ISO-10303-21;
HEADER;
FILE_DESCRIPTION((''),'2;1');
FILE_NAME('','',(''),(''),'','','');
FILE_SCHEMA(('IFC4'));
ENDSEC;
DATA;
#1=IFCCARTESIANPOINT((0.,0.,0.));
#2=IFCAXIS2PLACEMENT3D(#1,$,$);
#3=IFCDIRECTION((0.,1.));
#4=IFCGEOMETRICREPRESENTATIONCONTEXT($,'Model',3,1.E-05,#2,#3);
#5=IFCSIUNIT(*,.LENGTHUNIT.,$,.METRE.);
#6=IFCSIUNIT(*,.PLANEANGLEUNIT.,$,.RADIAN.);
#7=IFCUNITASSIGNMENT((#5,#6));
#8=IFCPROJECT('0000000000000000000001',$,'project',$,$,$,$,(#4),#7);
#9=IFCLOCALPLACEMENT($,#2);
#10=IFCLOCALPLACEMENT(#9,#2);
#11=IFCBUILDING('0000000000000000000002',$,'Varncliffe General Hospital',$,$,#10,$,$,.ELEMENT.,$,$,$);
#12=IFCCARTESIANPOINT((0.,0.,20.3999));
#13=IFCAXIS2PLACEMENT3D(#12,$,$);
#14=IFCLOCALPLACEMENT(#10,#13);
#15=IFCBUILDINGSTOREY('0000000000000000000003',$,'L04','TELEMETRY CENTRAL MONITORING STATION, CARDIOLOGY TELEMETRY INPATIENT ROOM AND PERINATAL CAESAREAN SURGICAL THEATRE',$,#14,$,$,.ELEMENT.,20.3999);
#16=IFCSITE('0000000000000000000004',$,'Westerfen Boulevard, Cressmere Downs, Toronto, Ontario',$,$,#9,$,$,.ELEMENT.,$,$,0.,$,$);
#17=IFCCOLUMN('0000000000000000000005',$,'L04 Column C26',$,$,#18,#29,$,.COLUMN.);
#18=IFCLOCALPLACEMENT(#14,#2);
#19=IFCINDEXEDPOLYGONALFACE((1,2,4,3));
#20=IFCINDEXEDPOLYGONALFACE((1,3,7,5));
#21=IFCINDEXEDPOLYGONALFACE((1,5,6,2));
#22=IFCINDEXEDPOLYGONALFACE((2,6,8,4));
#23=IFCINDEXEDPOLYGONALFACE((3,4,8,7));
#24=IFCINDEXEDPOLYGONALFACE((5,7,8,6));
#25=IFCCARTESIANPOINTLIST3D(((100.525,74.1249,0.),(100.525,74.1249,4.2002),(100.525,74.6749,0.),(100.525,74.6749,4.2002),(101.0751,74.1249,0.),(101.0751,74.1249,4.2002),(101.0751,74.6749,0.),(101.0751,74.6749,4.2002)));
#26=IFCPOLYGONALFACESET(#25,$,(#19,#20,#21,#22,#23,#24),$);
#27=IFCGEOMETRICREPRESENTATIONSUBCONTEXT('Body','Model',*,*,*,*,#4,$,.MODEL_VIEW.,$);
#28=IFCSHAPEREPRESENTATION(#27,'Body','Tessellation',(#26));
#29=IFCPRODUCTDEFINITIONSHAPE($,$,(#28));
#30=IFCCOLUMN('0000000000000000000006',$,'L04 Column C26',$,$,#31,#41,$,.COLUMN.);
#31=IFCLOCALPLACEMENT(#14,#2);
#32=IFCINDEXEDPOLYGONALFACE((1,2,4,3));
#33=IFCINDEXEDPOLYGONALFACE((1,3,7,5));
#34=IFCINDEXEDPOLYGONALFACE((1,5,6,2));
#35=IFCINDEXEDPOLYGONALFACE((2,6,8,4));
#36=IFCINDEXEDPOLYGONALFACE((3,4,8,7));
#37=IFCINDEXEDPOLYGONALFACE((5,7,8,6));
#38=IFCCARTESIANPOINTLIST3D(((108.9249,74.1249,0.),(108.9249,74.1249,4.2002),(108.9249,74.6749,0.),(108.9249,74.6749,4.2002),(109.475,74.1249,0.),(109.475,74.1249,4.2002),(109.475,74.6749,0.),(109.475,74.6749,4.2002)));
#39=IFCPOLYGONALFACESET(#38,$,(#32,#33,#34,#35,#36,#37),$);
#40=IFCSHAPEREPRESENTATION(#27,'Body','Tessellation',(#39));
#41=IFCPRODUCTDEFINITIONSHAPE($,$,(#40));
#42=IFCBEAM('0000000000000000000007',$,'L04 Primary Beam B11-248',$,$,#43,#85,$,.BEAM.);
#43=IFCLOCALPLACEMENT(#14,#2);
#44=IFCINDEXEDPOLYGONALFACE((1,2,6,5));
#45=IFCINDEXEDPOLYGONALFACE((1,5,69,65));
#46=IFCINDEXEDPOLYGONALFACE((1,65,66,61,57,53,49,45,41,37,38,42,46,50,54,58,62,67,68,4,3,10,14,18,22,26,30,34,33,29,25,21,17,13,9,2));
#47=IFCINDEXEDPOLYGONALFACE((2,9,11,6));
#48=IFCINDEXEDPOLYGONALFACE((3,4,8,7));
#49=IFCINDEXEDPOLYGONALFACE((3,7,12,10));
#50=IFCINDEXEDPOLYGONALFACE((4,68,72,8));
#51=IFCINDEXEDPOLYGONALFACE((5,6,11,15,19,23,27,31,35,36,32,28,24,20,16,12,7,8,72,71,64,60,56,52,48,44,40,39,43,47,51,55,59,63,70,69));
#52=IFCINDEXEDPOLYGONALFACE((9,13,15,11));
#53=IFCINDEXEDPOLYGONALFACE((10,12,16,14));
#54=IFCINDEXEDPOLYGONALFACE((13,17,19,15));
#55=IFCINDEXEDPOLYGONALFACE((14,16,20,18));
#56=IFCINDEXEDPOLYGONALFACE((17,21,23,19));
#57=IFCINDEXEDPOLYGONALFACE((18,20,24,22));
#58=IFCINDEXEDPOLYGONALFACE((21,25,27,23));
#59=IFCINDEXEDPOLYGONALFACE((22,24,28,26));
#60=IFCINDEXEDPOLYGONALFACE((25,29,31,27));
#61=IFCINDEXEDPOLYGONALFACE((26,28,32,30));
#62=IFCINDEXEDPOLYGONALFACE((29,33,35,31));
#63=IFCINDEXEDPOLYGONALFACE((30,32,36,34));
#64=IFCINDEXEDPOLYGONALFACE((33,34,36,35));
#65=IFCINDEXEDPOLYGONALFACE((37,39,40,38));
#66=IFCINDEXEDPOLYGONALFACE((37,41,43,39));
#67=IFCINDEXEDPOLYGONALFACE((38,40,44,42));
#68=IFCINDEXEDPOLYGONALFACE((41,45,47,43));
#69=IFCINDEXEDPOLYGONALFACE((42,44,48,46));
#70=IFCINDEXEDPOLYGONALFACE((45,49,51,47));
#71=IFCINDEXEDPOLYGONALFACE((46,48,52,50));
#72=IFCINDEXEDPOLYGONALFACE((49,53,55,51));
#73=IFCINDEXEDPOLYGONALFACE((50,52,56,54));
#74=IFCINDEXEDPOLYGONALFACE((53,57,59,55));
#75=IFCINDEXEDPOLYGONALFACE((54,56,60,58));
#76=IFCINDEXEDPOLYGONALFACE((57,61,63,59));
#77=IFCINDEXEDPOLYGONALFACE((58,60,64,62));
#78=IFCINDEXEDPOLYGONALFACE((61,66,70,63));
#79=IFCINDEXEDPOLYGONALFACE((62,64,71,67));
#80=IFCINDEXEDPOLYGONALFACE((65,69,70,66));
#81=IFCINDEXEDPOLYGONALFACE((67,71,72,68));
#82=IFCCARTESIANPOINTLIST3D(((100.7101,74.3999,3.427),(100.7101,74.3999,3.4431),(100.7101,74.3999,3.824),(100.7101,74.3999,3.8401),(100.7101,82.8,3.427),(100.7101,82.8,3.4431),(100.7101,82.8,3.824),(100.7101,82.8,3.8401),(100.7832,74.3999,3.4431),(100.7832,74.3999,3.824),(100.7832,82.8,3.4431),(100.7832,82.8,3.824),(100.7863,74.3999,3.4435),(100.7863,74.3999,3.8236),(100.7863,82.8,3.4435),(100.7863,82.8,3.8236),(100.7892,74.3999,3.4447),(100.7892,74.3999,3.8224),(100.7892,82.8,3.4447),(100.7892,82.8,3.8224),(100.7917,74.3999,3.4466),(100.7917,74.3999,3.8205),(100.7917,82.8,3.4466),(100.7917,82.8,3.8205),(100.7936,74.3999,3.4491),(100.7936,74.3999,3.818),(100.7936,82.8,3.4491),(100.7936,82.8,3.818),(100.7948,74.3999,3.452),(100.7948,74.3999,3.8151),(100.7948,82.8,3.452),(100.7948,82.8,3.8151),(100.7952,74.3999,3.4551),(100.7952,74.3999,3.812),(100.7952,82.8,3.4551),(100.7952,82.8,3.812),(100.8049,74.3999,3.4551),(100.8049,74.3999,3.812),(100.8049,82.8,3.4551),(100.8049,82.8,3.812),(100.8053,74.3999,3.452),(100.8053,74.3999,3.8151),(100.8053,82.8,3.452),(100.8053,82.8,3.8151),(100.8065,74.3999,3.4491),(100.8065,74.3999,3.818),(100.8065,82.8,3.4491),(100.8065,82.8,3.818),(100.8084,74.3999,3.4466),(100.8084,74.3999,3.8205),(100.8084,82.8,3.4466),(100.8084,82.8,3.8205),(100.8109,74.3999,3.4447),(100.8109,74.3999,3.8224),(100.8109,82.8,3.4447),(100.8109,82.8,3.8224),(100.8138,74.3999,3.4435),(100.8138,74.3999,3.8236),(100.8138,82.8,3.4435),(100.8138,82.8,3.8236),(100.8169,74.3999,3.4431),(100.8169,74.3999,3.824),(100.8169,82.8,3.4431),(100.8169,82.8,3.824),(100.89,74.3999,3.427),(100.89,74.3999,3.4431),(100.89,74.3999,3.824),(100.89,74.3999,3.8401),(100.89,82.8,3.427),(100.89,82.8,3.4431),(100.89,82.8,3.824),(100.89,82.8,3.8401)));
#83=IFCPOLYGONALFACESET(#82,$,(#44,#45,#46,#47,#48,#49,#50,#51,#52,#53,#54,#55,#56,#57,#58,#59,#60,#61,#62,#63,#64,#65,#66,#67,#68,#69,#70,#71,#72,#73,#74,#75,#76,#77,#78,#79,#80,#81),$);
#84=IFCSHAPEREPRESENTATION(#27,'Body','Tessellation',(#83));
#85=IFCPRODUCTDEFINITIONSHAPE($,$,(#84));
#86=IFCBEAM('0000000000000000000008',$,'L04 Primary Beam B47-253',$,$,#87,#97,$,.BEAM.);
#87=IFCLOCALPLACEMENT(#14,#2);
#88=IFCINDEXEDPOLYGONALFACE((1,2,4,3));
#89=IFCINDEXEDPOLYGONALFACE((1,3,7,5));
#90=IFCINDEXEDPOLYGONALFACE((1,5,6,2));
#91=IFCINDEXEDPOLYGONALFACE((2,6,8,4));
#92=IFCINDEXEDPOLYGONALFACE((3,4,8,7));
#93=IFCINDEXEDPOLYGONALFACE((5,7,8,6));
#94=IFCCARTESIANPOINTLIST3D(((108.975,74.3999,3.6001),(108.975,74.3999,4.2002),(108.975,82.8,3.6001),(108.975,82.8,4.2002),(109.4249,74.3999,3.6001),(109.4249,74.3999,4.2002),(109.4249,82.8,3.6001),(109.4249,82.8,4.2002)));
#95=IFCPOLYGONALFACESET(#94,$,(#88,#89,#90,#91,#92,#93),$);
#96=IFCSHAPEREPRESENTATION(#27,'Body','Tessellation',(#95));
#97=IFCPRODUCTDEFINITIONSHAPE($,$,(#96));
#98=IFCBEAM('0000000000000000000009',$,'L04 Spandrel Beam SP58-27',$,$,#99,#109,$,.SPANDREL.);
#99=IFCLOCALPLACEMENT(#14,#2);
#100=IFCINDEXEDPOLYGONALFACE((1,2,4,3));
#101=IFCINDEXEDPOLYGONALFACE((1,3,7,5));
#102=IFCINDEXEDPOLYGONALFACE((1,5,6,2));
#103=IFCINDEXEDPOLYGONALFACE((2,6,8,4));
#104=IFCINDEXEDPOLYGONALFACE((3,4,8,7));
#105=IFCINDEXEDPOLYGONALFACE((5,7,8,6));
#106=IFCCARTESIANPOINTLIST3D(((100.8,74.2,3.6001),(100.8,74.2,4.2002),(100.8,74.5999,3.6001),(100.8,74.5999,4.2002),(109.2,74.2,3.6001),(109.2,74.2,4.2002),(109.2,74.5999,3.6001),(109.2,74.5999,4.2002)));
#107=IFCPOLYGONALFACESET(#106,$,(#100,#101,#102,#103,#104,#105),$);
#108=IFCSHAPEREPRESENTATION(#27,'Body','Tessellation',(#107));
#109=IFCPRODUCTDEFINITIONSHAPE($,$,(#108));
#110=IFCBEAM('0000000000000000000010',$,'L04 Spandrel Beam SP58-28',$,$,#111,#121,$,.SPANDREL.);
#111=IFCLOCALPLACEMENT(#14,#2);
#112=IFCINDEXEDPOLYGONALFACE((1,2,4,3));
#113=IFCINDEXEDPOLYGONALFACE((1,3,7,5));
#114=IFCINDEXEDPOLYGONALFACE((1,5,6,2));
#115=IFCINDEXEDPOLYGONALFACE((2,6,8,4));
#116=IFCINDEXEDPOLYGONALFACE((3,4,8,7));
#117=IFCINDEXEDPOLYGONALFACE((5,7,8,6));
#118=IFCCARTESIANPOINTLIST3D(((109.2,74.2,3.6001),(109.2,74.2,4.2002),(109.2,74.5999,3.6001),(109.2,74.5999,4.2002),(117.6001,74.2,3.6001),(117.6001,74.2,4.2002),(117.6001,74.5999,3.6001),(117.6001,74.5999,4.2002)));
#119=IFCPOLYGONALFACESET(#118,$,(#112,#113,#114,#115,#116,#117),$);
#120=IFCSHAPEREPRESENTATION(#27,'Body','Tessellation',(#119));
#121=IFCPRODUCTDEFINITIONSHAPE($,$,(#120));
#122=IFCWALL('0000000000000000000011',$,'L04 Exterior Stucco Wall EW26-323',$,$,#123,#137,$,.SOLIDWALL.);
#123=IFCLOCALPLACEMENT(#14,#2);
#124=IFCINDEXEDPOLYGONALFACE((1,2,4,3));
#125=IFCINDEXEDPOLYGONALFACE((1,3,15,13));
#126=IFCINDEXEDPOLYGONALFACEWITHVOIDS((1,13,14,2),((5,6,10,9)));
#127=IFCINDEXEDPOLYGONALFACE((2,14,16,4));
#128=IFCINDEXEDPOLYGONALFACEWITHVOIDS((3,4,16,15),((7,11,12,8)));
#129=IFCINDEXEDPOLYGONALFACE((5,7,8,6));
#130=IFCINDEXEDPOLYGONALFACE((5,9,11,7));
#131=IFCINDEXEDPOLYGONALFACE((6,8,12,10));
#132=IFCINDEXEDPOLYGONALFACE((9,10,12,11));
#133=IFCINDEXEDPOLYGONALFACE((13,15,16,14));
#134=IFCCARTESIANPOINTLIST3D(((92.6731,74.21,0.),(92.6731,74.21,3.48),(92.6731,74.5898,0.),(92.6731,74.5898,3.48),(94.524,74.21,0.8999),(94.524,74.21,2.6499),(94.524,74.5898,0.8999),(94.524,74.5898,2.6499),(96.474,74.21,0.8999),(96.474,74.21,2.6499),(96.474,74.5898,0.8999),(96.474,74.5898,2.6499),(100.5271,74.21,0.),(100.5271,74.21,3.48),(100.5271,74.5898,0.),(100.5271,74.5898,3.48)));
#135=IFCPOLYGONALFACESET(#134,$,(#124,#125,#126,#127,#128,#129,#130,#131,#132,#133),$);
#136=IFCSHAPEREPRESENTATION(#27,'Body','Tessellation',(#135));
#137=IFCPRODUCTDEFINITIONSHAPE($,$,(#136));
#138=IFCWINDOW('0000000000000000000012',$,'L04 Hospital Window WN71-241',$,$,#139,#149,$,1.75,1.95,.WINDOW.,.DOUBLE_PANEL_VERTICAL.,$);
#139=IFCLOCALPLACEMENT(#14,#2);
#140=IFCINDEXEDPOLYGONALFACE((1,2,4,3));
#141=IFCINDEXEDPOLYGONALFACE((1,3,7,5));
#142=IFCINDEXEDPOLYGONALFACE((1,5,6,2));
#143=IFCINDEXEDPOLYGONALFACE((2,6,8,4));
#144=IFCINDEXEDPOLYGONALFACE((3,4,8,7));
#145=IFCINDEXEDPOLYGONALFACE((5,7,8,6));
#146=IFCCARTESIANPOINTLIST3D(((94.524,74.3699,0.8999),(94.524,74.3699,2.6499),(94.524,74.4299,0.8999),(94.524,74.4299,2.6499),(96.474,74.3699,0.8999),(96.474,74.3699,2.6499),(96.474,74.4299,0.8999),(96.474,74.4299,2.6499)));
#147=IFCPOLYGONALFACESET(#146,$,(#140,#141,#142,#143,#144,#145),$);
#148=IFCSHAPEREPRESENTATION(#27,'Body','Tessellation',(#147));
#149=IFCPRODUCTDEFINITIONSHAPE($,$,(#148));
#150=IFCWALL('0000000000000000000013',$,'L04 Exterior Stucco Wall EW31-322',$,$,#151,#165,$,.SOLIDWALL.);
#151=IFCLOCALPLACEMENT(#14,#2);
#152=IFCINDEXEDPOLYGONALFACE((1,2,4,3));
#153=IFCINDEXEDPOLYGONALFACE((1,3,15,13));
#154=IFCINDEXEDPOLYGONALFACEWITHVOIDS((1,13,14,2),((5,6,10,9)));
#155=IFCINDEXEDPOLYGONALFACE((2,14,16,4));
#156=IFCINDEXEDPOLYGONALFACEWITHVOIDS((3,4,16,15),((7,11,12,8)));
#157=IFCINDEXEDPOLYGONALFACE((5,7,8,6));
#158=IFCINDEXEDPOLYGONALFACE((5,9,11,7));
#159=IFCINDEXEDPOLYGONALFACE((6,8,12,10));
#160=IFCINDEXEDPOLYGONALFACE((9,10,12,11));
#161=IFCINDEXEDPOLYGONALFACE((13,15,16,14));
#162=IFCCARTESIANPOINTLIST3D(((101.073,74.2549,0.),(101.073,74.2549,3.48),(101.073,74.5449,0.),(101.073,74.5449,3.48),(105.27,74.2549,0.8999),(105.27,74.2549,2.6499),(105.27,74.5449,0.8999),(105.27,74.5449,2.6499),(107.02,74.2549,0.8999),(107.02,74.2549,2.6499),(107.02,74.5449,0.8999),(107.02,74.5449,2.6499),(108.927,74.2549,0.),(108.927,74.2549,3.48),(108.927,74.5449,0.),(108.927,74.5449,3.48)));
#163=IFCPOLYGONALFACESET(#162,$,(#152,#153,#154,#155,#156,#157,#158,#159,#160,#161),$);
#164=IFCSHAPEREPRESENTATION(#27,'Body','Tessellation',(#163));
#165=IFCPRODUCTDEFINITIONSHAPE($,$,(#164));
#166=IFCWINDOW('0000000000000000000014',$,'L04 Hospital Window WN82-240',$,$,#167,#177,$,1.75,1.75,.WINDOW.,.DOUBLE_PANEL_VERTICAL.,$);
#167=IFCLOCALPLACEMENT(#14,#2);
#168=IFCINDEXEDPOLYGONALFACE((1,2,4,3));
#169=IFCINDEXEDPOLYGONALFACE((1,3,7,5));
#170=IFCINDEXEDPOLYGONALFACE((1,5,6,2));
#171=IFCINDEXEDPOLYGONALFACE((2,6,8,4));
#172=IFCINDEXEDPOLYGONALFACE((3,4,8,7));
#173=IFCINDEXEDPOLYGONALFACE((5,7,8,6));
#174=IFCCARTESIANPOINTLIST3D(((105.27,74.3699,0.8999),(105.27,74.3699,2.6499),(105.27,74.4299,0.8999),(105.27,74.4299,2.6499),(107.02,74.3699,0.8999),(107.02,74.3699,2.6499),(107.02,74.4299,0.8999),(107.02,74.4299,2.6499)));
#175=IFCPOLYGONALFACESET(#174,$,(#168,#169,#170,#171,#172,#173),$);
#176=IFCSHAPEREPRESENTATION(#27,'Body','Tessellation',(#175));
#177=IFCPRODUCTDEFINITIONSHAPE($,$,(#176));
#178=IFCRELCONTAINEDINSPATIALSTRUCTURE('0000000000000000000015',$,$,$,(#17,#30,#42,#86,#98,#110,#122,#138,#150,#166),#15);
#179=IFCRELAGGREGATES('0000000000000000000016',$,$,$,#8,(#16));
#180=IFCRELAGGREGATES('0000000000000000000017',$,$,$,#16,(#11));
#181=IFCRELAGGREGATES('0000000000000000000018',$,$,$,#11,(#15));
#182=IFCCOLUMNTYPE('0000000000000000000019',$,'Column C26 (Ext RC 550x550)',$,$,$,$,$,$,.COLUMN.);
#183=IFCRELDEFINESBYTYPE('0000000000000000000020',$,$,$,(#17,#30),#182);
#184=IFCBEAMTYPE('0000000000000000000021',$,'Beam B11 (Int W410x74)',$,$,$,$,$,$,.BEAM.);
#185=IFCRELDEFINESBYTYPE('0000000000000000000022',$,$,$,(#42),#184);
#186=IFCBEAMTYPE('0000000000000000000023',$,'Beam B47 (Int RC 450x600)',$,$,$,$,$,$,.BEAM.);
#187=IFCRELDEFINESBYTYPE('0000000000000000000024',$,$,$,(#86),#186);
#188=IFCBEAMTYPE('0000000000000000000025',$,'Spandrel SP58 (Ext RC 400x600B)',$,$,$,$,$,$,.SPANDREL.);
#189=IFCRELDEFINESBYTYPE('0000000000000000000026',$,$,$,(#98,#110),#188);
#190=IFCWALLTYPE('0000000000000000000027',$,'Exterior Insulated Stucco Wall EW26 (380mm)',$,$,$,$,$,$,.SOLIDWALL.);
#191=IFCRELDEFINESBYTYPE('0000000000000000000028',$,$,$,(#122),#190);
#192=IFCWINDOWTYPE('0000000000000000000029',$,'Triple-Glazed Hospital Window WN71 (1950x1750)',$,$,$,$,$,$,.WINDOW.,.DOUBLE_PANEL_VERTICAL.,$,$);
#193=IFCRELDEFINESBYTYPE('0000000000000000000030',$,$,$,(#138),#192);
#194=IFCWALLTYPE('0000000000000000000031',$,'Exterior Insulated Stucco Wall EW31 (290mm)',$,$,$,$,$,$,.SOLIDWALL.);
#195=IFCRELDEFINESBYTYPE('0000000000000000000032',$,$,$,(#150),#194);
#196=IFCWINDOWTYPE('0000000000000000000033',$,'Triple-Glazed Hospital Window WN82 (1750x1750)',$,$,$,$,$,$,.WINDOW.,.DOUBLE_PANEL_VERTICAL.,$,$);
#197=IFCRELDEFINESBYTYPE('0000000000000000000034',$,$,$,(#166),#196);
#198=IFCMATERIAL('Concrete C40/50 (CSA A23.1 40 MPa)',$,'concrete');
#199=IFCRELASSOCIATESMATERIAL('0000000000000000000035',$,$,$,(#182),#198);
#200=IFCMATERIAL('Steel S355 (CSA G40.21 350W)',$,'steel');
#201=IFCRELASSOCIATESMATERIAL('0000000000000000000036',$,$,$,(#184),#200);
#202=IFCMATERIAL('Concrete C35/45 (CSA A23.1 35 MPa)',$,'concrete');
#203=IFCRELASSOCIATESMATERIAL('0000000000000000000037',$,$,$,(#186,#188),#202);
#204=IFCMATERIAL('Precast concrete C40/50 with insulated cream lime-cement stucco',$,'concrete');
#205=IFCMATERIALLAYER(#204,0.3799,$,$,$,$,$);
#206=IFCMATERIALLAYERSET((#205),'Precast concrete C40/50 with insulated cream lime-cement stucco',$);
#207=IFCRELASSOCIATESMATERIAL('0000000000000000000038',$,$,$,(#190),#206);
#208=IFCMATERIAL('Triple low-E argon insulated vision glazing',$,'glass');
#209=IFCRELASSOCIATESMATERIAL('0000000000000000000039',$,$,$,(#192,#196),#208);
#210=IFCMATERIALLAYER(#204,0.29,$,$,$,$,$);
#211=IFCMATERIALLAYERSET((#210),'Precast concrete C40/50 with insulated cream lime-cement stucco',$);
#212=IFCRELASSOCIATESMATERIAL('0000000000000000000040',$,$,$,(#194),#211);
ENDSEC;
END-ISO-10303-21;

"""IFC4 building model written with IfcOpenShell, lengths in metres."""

from ifc_helpers import new_model, si_unit, direction, frame, frame_2d, origin, origin_2d, place, context, subcontext, project, spatial, rectangle, i_section, extrude, material, layer, layer_set, material_profile, profile_set, type_object, element, fill, save


model = new_model("IFC4")

# Units and contexts
model_context = context("Model", 3, precision=1e-05, world=origin(), true_north=direction((0.0, 1.0)))
body_context = subcontext(model_context, "Body", "Model", "MODEL_VIEW")
ifc_project = project(units=[si_unit("LENGTHUNIT", "METRE"), si_unit("PLANEANGLEUNIT", "RADIAN")], contexts=[model_context])

# Site, building, storey
site_placement = place(None, origin())
site = spatial("IfcSite", under=ifc_project, at=site_placement, Name="Westerfen Boulevard, Cressmere Downs, Toronto, Ontario", CompositionType="ELEMENT", RefElevation=0.0)
building_placement = place(site_placement, origin())
building = spatial("IfcBuilding", under=site, at=building_placement, Name="Varncliffe General Hospital", CompositionType="ELEMENT")
storey_placement = place(building_placement, frame((0.0, 0.0, 20.3999)))
storey = spatial("IfcBuildingStorey", under=building, at=storey_placement, Name="L04", Description="TELEMETRY CENTRAL MONITORING STATION, CARDIOLOGY TELEMETRY INPATIENT ROOM AND PERINATAL CAESAREAN SURGICAL THEATRE", CompositionType="ELEMENT", Elevation=20.3999)

# Columns
ifc_material_1 = material(Name="Concrete C40/50 (CSA A23.1 40 MPa)", Category="concrete")
ifc_material_profile_1 = material_profile(ifc_material_1, rectangle(XDim=0.55, YDim=0.55, at=origin_2d()), Name="RC 550x550")
ifc_profile_set_1 = profile_set([ifc_material_profile_1], Name="Concrete C40/50 (CSA A23.1 40 MPa)")
column_type = type_object("IfcColumnType", Name="Column C26 (Ext RC 550x550)", PredefinedType="COLUMN", material=ifc_profile_set_1)
for number, where, z_axis, x_axis, name in (
    (1, (100.8, 74.3999, 0.0), (0.0, 0.0, 1.0), (1.0, 0.0, 0.0), "L04 Column C26"),
    (2, (109.2, 74.3999, 0.0), (0.0, 0.0, 1.0), (1.0, 0.0, 0.0), "L04 Column C26"),
):
    element("IfcColumn", number, at=place(storey_placement, frame(where, z_axis=z_axis, x_axis=x_axis)), inside=storey, type_object=column_type, Name=name, PredefinedType="COLUMN", context=body_context, shape_type="SweptSolid", body=[
        extrude(rectangle(XDim=0.55, YDim=0.55, at=origin_2d()), origin(), (0.0, 0.0, 1.0), 4.2002),
    ])

# Beams
ifc_material_2 = material(Name="Steel S355 (CSA G40.21 350W)", Category="steel")
ifc_material_profile_2 = material_profile(ifc_material_2, i_section(OverallWidth=0.1799, OverallDepth=0.4131, WebThickness=0.0098, FlangeThickness=0.0161, FilletRadius=0.012, at=origin_2d()), Name="W410x74")
ifc_profile_set_2 = profile_set([ifc_material_profile_2], Name="Steel S355 (CSA G40.21 350W)")
beam_type_1 = type_object("IfcBeamType", Name="Beam B11 (Int W410x74)", PredefinedType="BEAM", material=ifc_profile_set_2)
beam_1_placement = place(storey_placement, frame((100.8, 74.3999, 3.6335), z_axis=(0.0, 1.0, 0.0), x_axis=(-1.0, 0.0, 0.0)))
element("IfcBeam", 3, at=beam_1_placement, inside=storey, type_object=beam_type_1, Name="L04 Primary Beam B11-248", PredefinedType="BEAM", context=body_context, shape_type="SweptSolid", body=[
    extrude(i_section(OverallWidth=0.1799, OverallDepth=0.4131, WebThickness=0.0098, FlangeThickness=0.0161, FilletRadius=0.012, at=origin_2d()), origin(), (0.0, 0.0, 1.0), 8.4001),
])
ifc_material_3 = material(Name="Concrete C35/45 (CSA A23.1 35 MPa)", Category="concrete")
ifc_material_profile_3 = material_profile(ifc_material_3, rectangle(XDim=0.45, YDim=0.6001, at=origin_2d()), Name="RC 450x600")
ifc_profile_set_3 = profile_set([ifc_material_profile_3], Name="Concrete C35/45 (CSA A23.1 35 MPa)")
beam_type_2 = type_object("IfcBeamType", Name="Beam B47 (Int RC 450x600)", PredefinedType="BEAM", material=ifc_profile_set_3)
beam_2_placement = place(storey_placement, frame((109.2, 74.3999, 3.9001), z_axis=(0.0, 1.0, 0.0), x_axis=(-1.0, 0.0, 0.0)))
element("IfcBeam", 4, at=beam_2_placement, inside=storey, type_object=beam_type_2, Name="L04 Primary Beam B47-253", PredefinedType="BEAM", context=body_context, shape_type="SweptSolid", body=[
    extrude(rectangle(XDim=0.45, YDim=0.6001, at=origin_2d()), origin(), (0.0, 0.0, 1.0), 8.4001),
])
ifc_material_profile_4 = material_profile(ifc_material_3, rectangle(XDim=0.3999, YDim=0.6001, at=origin_2d()), Name="RC 400x600")
ifc_profile_set_4 = profile_set([ifc_material_profile_4], Name="Concrete C35/45 (CSA A23.1 35 MPa)")
beam_type_3 = type_object("IfcBeamType", Name="Spandrel SP58 (Ext RC 400x600B)", PredefinedType="SPANDREL", material=ifc_profile_set_4)
beam_3_placement = place(storey_placement, frame((100.8, 74.3999, 3.9001), z_axis=(1.0, 0.0, 0.0), x_axis=(0.0, 1.0, 0.0)))
element("IfcBeam", 5, at=beam_3_placement, inside=storey, type_object=beam_type_3, Name="L04 Spandrel Beam SP58-27", PredefinedType="SPANDREL", context=body_context, shape_type="SweptSolid", body=[
    extrude(rectangle(XDim=0.3999, YDim=0.6001, at=origin_2d()), origin(), (0.0, 0.0, 1.0), 8.3999),
])
beam_4_placement = place(storey_placement, frame((109.2, 74.3999, 3.9001), z_axis=(1.0, 0.0, 0.0), x_axis=(0.0, 1.0, 0.0)))
element("IfcBeam", 6, at=beam_4_placement, inside=storey, type_object=beam_type_3, Name="L04 Spandrel Beam SP58-28", PredefinedType="SPANDREL", context=body_context, shape_type="SweptSolid", body=[
    extrude(rectangle(XDim=0.3999, YDim=0.6001, at=origin_2d()), origin(), (0.0, 0.0, 1.0), 8.4001),
])

# Walls, openings, windows
ifc_material_4 = material(Name="Precast concrete C40/50 with insulated cream lime-cement stucco", Category="concrete")
ifc_layer_1 = layer(ifc_material_4, 0.3799)
ifc_layer_set_1 = layer_set([ifc_layer_1], Name="Precast concrete C40/50 with insulated cream lime-cement stucco")
wall_type_1 = type_object("IfcWallType", Name="Exterior Insulated Stucco Wall EW26 (380mm)", PredefinedType="SOLIDWALL", material=ifc_layer_set_1)
wall_1_placement = place(storey_placement, frame((100.5271, 74.3999, 0.0), z_axis=(0.0, 0.0, 1.0), x_axis=(-1.0, 0.0, 0.0)))
wall_1 = element("IfcWall", 7, at=wall_1_placement, inside=storey, type_object=wall_type_1, Name="L04 Exterior Stucco Wall EW26-323", PredefinedType="SOLIDWALL", context=body_context, shape_type="SweptSolid", body=[
    extrude(rectangle(XDim=7.854, YDim=0.3799, at=frame_2d((3.927, 0.0))), origin(), (0.0, 0.0, 1.0), 3.48),
])
opening_1_placement = place(wall_1_placement, frame((4.053, 0.0, 0.8999)))
opening_1 = element("IfcOpeningElement", 8, at=opening_1_placement, cuts=wall_1, PredefinedType="OPENING", context=body_context, shape_type="SweptSolid", body=[
    extrude(rectangle(XDim=1.95, YDim=1.75, at=frame_2d((0.9751, 0.875))), frame((0.0, 0.2, 0.0), z_axis=(0.0, -1.0, 0.0), x_axis=(1.0, 0.0, 0.0)), (0.0, 0.0, 1.0), 0.3999),
])
ifc_material_5 = material(Name="Triple low-E argon insulated vision glazing", Category="glass")
window_type_1 = type_object("IfcWindowType", Name="Triple-Glazed Hospital Window WN71 (1950x1750)", PartitioningType="DOUBLE_PANEL_VERTICAL", PredefinedType="WINDOW", material=ifc_material_5)
window_1_placement = place(opening_1_placement, origin())
window_1 = element("IfcWindow", 9, at=window_1_placement, inside=storey, type_object=window_type_1, Name="L04 Hospital Window WN71-241", OverallHeight=1.75, OverallWidth=1.95, PartitioningType="DOUBLE_PANEL_VERTICAL", PredefinedType="WINDOW", context=body_context, shape_type="SweptSolid", body=[
    extrude(rectangle(XDim=1.95, YDim=1.75, at=frame_2d((0.9751, 0.875))), frame((0.0, 0.03, 0.0), z_axis=(0.0, -1.0, 0.0), x_axis=(1.0, 0.0, 0.0)), (0.0, 0.0, 1.0), 0.0601),
])
fill(opening_1, window_1)
ifc_layer_2 = layer(ifc_material_4, 0.29)
ifc_layer_set_2 = layer_set([ifc_layer_2], Name="Precast concrete C40/50 with insulated cream lime-cement stucco")
wall_type_2 = type_object("IfcWallType", Name="Exterior Insulated Stucco Wall EW31 (290mm)", PredefinedType="SOLIDWALL", material=ifc_layer_set_2)
wall_2_placement = place(storey_placement, frame((108.927, 74.3999, 0.0), z_axis=(0.0, 0.0, 1.0), x_axis=(-1.0, 0.0, 0.0)))
wall_2 = element("IfcWall", 10, at=wall_2_placement, inside=storey, type_object=wall_type_2, Name="L04 Exterior Stucco Wall EW31-322", PredefinedType="SOLIDWALL", context=body_context, shape_type="SweptSolid", body=[
    extrude(rectangle(XDim=7.854, YDim=0.29, at=frame_2d((3.927, 0.0))), origin(), (0.0, 0.0, 1.0), 3.48),
])
opening_2_placement = place(wall_2_placement, frame((1.907, 0.0, 0.8999)))
opening_2 = element("IfcOpeningElement", 11, at=opening_2_placement, cuts=wall_2, PredefinedType="OPENING", context=body_context, shape_type="SweptSolid", body=[
    extrude(rectangle(XDim=1.75, YDim=1.75, at=frame_2d((0.875, 0.875))), frame((0.0, 0.155, 0.0), z_axis=(0.0, -1.0, 0.0), x_axis=(1.0, 0.0, 0.0)), (0.0, 0.0, 1.0), 0.3101),
])
window_type_2 = type_object("IfcWindowType", Name="Triple-Glazed Hospital Window WN82 (1750x1750)", PartitioningType="DOUBLE_PANEL_VERTICAL", PredefinedType="WINDOW", material=ifc_material_5)
window_2_placement = place(opening_2_placement, origin())
window_2 = element("IfcWindow", 12, at=window_2_placement, inside=storey, type_object=window_type_2, Name="L04 Hospital Window WN82-240", OverallHeight=1.75, OverallWidth=1.75, PartitioningType="DOUBLE_PANEL_VERTICAL", PredefinedType="WINDOW", context=body_context, shape_type="SweptSolid", body=[
    extrude(rectangle(XDim=1.75, YDim=1.75, at=frame_2d((0.875, 0.875))), frame((0.0, 0.03, 0.0), z_axis=(0.0, -1.0, 0.0), x_axis=(1.0, 0.0, 0.0)), (0.0, 0.0, 1.0), 0.0601),
])
fill(opening_2, window_2)

save(model, "model.ifc")
